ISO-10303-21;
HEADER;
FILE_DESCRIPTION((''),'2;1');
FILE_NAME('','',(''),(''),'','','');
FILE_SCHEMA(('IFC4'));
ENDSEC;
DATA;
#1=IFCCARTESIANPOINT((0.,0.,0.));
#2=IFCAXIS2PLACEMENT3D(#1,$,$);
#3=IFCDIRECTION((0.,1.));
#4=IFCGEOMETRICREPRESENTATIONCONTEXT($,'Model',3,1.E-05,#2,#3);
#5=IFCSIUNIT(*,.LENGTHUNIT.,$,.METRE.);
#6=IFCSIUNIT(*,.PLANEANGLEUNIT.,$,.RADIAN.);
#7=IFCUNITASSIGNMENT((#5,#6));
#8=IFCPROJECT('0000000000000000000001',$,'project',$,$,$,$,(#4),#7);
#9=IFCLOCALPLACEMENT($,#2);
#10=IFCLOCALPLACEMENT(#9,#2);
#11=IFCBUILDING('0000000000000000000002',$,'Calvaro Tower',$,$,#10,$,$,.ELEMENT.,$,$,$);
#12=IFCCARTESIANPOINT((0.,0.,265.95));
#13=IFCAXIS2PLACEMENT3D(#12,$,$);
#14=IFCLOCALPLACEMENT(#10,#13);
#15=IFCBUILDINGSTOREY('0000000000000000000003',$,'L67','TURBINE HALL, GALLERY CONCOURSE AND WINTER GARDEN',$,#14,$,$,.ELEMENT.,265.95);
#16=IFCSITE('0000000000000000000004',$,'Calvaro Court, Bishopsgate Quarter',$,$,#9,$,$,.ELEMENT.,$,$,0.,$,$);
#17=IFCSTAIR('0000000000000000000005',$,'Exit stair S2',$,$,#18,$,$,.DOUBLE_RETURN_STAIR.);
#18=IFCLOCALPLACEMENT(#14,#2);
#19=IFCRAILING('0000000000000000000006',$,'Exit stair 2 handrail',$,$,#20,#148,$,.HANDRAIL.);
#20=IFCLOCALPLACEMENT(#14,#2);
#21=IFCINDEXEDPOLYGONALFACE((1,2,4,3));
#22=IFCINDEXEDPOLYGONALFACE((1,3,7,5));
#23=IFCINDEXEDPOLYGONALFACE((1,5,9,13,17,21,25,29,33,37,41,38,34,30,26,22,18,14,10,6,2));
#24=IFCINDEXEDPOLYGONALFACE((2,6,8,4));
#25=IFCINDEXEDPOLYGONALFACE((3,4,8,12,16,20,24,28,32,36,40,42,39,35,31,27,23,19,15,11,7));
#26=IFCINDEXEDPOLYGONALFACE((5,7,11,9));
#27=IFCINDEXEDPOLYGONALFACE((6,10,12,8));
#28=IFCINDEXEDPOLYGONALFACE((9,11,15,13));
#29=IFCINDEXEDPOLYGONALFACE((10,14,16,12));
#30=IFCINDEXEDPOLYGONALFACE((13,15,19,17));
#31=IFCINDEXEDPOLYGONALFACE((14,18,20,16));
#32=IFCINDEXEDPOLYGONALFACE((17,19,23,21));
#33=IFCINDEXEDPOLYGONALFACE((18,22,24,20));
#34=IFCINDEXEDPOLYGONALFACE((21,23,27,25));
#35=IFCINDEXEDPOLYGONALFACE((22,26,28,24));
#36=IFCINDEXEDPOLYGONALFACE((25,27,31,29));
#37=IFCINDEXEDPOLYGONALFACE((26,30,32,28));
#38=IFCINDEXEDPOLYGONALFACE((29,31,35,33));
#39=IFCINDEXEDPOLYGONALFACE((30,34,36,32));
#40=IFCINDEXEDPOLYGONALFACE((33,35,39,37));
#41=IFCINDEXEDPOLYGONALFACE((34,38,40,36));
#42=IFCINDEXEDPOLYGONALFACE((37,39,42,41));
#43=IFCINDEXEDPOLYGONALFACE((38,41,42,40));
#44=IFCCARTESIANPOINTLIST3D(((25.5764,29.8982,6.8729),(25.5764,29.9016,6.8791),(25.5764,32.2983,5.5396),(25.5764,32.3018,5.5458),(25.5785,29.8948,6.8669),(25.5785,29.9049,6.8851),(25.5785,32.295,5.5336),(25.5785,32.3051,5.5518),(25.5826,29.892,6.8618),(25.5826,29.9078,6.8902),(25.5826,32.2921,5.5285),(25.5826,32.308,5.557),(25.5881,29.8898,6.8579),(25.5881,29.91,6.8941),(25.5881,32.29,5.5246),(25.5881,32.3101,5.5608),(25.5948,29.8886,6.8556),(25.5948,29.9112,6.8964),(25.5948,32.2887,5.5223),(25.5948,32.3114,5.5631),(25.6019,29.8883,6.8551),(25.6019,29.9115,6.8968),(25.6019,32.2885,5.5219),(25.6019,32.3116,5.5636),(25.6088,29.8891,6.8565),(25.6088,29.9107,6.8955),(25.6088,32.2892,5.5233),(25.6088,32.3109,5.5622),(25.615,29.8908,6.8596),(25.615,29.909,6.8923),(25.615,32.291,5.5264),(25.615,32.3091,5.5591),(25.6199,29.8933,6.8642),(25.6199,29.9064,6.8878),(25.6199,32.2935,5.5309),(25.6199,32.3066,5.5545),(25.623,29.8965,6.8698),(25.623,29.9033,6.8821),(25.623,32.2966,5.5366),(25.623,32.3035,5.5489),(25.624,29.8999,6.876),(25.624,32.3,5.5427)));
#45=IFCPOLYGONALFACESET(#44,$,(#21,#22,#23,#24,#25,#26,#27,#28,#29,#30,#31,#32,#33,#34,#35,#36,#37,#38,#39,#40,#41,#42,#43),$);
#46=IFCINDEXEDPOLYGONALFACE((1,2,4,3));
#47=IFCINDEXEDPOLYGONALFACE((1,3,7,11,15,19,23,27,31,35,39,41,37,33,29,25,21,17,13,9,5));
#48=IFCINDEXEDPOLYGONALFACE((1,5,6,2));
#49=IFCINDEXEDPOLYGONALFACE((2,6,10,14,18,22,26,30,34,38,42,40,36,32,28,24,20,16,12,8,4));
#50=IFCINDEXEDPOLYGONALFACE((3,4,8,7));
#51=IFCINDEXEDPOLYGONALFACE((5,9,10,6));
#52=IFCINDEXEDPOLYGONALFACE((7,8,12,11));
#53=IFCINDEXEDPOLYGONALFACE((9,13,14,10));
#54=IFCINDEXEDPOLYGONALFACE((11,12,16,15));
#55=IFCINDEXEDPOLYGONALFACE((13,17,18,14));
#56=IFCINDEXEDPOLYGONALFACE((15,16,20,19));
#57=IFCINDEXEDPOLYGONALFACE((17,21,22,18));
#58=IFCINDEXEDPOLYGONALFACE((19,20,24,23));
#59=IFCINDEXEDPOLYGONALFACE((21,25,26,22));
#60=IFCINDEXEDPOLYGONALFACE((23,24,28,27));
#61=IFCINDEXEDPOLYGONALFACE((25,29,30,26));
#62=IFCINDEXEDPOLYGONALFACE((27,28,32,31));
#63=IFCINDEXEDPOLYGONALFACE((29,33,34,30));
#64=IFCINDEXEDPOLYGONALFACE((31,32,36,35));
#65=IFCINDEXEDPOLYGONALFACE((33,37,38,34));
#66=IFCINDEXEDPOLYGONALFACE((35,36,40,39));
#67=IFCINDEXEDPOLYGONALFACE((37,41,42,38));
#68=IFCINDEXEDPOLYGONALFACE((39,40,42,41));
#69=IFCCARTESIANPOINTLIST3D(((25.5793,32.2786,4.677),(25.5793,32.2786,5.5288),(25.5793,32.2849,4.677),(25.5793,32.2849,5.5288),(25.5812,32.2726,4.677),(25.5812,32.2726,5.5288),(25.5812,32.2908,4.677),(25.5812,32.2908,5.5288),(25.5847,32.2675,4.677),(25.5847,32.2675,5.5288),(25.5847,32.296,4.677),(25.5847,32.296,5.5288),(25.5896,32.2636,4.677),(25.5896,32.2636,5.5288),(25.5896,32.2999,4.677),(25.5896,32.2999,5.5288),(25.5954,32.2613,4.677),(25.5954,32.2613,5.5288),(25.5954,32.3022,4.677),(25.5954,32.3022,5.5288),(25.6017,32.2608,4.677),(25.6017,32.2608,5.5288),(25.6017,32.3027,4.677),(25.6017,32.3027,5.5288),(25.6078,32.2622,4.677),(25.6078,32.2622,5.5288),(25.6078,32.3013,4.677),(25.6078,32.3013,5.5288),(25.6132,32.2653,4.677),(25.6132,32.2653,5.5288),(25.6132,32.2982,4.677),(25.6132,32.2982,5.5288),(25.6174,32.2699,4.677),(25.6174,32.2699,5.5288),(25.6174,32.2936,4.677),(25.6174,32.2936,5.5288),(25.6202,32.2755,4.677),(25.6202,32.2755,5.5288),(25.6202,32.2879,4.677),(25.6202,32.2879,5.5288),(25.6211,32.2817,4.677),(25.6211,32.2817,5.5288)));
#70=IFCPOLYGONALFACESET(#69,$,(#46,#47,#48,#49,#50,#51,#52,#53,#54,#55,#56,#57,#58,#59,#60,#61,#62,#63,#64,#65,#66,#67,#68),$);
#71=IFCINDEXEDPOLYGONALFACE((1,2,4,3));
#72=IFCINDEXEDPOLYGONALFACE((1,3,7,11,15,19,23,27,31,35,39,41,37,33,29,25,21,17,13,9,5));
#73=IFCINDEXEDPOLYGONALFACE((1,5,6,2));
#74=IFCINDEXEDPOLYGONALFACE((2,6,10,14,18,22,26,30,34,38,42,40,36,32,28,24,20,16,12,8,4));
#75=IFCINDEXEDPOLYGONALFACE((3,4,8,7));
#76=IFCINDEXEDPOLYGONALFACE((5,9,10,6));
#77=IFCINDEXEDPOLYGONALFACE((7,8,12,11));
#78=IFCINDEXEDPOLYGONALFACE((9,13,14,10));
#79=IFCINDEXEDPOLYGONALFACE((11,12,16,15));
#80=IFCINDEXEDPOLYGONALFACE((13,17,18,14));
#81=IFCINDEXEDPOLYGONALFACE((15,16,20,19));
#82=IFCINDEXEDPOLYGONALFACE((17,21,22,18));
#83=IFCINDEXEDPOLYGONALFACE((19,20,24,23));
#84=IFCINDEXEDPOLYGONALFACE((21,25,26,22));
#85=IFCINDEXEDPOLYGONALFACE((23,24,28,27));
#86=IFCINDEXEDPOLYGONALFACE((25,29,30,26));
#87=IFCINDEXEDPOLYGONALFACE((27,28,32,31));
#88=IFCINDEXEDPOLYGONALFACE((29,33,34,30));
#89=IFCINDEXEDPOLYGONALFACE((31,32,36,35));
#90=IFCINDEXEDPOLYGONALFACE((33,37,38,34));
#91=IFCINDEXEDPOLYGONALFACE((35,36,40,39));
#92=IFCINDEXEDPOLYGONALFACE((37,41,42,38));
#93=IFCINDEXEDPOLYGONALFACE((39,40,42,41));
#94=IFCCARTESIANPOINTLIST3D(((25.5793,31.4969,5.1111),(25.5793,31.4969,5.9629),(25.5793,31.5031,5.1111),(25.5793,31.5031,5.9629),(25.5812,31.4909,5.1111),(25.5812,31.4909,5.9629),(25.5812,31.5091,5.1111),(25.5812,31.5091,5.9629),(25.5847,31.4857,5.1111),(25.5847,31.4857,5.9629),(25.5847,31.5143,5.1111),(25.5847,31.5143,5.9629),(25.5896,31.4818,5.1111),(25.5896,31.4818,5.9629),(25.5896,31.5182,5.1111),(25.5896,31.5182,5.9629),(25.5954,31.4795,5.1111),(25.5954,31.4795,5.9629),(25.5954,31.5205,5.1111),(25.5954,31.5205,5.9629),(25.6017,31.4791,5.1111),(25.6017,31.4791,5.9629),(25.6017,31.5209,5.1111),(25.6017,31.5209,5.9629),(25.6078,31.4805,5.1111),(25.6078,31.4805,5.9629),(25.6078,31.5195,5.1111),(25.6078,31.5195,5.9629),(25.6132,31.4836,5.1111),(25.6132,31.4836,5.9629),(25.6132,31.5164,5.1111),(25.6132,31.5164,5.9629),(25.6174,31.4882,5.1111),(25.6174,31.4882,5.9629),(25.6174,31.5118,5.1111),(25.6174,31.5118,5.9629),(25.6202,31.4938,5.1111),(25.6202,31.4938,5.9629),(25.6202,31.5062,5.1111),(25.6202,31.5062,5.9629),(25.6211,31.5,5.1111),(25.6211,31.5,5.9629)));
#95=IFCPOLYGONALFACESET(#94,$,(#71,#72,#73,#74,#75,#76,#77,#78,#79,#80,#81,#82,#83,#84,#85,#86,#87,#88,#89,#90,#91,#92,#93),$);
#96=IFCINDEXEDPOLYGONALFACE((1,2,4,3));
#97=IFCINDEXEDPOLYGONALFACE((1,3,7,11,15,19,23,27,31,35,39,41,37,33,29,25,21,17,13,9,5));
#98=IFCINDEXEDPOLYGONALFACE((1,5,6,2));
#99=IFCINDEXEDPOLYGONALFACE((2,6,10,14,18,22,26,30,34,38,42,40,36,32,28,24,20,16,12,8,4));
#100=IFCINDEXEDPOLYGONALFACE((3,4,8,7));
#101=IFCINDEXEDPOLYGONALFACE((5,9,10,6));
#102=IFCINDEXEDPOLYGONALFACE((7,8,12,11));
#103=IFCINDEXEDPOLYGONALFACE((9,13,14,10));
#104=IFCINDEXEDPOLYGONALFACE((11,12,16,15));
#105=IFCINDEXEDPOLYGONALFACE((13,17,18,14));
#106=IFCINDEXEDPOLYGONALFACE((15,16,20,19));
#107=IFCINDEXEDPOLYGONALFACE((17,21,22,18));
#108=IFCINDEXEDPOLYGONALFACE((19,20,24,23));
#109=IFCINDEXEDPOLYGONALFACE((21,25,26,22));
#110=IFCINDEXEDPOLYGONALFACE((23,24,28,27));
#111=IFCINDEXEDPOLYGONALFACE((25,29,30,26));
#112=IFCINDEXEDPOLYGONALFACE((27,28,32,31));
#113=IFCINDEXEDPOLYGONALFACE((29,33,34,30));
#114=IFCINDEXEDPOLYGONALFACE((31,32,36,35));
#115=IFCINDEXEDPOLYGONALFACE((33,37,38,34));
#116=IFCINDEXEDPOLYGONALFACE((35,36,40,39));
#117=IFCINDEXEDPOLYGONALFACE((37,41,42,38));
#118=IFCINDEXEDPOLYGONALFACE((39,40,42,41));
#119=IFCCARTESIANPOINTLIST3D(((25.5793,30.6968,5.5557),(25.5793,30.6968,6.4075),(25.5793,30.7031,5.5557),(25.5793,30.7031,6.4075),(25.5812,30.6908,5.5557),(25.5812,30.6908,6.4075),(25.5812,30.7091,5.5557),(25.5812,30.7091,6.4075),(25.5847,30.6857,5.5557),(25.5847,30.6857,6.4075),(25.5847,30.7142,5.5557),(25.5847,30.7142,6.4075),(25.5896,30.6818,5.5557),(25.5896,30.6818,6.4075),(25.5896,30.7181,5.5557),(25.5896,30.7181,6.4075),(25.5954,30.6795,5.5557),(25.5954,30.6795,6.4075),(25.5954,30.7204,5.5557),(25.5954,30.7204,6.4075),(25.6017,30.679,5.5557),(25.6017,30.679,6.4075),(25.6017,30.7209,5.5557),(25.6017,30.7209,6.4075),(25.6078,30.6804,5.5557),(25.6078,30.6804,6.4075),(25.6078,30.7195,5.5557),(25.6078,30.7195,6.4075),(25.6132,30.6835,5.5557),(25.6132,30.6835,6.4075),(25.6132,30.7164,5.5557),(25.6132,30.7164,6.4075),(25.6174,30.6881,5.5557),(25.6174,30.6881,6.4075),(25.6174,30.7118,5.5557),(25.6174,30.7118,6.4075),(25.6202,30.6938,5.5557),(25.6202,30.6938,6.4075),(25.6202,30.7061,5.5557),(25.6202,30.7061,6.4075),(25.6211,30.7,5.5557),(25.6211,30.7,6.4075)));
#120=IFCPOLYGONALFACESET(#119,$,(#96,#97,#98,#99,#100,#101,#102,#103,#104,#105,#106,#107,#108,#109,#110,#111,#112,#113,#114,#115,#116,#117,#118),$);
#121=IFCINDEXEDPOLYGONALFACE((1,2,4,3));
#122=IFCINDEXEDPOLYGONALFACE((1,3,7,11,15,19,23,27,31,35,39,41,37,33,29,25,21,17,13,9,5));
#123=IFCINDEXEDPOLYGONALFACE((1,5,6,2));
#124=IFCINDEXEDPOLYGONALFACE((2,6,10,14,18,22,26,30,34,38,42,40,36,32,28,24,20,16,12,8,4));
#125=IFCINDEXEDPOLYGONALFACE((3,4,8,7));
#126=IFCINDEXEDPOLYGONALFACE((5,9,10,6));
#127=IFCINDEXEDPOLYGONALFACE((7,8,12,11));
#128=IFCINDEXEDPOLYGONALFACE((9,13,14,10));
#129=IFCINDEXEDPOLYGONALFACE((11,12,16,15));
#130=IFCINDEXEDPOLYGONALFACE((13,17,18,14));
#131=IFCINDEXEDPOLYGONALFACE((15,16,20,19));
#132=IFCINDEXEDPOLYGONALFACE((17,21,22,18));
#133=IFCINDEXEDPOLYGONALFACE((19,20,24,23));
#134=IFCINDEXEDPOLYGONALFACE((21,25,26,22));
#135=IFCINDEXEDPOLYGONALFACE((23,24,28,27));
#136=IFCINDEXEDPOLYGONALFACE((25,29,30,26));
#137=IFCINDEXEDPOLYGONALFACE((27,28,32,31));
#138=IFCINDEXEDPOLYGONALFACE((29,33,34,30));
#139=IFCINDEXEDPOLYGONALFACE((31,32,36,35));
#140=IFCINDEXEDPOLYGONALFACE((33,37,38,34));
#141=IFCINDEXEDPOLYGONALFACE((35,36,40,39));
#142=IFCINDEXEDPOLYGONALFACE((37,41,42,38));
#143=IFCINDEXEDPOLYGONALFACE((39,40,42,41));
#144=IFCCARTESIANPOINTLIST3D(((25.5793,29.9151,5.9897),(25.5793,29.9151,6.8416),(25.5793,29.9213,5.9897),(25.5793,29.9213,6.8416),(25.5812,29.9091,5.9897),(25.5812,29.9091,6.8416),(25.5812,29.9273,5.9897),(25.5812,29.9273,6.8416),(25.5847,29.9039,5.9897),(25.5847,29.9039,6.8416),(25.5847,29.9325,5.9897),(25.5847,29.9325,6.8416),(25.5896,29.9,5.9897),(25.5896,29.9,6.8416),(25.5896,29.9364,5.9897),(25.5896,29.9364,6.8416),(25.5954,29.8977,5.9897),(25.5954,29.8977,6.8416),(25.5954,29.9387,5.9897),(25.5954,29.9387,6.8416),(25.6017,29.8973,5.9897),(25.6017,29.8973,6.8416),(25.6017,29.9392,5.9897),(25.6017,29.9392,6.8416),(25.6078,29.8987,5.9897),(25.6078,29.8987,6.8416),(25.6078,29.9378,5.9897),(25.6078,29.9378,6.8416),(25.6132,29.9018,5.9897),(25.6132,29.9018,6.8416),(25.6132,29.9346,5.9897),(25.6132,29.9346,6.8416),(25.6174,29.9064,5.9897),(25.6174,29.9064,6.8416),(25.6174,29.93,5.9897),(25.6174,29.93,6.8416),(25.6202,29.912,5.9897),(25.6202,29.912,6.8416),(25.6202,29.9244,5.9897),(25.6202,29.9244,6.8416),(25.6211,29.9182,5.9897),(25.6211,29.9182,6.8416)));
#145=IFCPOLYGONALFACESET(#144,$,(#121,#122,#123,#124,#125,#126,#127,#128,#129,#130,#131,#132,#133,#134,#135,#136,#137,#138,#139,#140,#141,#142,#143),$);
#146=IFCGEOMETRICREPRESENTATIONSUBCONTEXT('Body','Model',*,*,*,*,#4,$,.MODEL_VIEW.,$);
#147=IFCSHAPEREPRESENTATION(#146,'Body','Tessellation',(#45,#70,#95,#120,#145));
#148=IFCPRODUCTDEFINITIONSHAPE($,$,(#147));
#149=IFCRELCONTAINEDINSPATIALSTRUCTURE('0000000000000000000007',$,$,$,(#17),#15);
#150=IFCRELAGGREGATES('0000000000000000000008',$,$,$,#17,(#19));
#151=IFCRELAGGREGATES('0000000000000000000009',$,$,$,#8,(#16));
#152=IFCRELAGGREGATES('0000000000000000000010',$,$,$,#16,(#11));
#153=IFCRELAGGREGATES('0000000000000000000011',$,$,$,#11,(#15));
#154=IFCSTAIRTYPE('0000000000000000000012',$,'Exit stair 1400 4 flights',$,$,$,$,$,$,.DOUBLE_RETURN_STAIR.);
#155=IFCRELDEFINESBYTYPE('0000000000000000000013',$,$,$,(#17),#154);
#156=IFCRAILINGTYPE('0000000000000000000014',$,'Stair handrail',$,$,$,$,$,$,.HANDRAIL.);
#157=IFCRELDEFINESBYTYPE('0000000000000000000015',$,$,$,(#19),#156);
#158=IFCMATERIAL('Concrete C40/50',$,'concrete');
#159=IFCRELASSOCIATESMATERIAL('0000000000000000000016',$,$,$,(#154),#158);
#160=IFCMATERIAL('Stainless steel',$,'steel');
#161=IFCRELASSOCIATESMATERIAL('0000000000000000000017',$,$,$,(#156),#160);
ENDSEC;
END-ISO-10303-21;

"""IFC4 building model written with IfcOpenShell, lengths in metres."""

from ifc_helpers import new_model, si_unit, direction, frame, origin, origin_2d, place, context, subcontext, project, spatial, circle, extrude, material, type_object, element, aggregate, save


model = new_model("IFC4")

# Units and contexts
model_context = context("Model", 3, precision=1e-05, world=origin(), true_north=direction((0.0, 1.0)))
body_context = subcontext(model_context, "Body", "Model", "MODEL_VIEW")
ifc_project = project(units=[si_unit("LENGTHUNIT", "METRE"), si_unit("PLANEANGLEUNIT", "RADIAN")], contexts=[model_context])

# Site, building, storey
site_placement = place(None, origin())
site = spatial("IfcSite", under=ifc_project, at=site_placement, Name="Calvaro Court, Bishopsgate Quarter", CompositionType="ELEMENT", RefElevation=0.0)
building_placement = place(site_placement, origin())
building = spatial("IfcBuilding", under=site, at=building_placement, Name="Calvaro Tower", CompositionType="ELEMENT")
storey_placement = place(building_placement, frame((0.0, 0.0, 265.95)))
storey = spatial("IfcBuildingStorey", under=building, at=storey_placement, Name="L67", Description="TURBINE HALL, GALLERY CONCOURSE AND WINTER GARDEN", CompositionType="ELEMENT", Elevation=265.95)

# Stair, railing
ifc_material_1 = material(Name="Concrete C40/50", Category="concrete")
stair_type = type_object("IfcStairType", Name="Exit stair 1400 4 flights", PredefinedType="DOUBLE_RETURN_STAIR", material=ifc_material_1)
stair_placement = place(storey_placement, origin())
stair = element("IfcStair", 1, at=stair_placement, inside=storey, type_object=stair_type, Name="Exit stair S2", PredefinedType="DOUBLE_RETURN_STAIR")
ifc_material_2 = material(Name="Stainless steel", Category="steel")
railing_type = type_object("IfcRailingType", Name="Stair handrail", PredefinedType="HANDRAIL", material=ifc_material_2)
railing_1_placement = place(storey_placement, frame((25.6001, 32.3, 4.6667)))
railing_1 = element("IfcRailing", 2, at=railing_1_placement, type_object=railing_type, Name="Exit stair 2 handrail", PredefinedType="HANDRAIL", context=body_context, shape_type="SweptSolid", body=[
    extrude(circle(Radius=0.0239, at=origin_2d()), frame((0.0, 0.0, 0.876), z_axis=(0.0, -0.874182, 0.485598), x_axis=(1.0, 0.0, 0.0)), (0.0, 0.0, 1.0), 2.7456),
    extrude(circle(Radius=0.021, at=origin_2d()), frame((0.0, -0.0183, 0.0103)), (0.0, 0.0, 1.0), 0.8518),
    extrude(circle(Radius=0.021, at=origin_2d()), frame((0.0, -0.8, 0.4443)), (0.0, 0.0, 1.0), 0.8518),
    extrude(circle(Radius=0.021, at=origin_2d()), frame((0.0, -1.6001, 0.8889)), (0.0, 0.0, 1.0), 0.8518),
    extrude(circle(Radius=0.021, at=origin_2d()), frame((0.0, -2.3818, 1.323)), (0.0, 0.0, 1.0), 0.8518),
])
aggregate(stair, [railing_1])

save(model, "model.ifc")
